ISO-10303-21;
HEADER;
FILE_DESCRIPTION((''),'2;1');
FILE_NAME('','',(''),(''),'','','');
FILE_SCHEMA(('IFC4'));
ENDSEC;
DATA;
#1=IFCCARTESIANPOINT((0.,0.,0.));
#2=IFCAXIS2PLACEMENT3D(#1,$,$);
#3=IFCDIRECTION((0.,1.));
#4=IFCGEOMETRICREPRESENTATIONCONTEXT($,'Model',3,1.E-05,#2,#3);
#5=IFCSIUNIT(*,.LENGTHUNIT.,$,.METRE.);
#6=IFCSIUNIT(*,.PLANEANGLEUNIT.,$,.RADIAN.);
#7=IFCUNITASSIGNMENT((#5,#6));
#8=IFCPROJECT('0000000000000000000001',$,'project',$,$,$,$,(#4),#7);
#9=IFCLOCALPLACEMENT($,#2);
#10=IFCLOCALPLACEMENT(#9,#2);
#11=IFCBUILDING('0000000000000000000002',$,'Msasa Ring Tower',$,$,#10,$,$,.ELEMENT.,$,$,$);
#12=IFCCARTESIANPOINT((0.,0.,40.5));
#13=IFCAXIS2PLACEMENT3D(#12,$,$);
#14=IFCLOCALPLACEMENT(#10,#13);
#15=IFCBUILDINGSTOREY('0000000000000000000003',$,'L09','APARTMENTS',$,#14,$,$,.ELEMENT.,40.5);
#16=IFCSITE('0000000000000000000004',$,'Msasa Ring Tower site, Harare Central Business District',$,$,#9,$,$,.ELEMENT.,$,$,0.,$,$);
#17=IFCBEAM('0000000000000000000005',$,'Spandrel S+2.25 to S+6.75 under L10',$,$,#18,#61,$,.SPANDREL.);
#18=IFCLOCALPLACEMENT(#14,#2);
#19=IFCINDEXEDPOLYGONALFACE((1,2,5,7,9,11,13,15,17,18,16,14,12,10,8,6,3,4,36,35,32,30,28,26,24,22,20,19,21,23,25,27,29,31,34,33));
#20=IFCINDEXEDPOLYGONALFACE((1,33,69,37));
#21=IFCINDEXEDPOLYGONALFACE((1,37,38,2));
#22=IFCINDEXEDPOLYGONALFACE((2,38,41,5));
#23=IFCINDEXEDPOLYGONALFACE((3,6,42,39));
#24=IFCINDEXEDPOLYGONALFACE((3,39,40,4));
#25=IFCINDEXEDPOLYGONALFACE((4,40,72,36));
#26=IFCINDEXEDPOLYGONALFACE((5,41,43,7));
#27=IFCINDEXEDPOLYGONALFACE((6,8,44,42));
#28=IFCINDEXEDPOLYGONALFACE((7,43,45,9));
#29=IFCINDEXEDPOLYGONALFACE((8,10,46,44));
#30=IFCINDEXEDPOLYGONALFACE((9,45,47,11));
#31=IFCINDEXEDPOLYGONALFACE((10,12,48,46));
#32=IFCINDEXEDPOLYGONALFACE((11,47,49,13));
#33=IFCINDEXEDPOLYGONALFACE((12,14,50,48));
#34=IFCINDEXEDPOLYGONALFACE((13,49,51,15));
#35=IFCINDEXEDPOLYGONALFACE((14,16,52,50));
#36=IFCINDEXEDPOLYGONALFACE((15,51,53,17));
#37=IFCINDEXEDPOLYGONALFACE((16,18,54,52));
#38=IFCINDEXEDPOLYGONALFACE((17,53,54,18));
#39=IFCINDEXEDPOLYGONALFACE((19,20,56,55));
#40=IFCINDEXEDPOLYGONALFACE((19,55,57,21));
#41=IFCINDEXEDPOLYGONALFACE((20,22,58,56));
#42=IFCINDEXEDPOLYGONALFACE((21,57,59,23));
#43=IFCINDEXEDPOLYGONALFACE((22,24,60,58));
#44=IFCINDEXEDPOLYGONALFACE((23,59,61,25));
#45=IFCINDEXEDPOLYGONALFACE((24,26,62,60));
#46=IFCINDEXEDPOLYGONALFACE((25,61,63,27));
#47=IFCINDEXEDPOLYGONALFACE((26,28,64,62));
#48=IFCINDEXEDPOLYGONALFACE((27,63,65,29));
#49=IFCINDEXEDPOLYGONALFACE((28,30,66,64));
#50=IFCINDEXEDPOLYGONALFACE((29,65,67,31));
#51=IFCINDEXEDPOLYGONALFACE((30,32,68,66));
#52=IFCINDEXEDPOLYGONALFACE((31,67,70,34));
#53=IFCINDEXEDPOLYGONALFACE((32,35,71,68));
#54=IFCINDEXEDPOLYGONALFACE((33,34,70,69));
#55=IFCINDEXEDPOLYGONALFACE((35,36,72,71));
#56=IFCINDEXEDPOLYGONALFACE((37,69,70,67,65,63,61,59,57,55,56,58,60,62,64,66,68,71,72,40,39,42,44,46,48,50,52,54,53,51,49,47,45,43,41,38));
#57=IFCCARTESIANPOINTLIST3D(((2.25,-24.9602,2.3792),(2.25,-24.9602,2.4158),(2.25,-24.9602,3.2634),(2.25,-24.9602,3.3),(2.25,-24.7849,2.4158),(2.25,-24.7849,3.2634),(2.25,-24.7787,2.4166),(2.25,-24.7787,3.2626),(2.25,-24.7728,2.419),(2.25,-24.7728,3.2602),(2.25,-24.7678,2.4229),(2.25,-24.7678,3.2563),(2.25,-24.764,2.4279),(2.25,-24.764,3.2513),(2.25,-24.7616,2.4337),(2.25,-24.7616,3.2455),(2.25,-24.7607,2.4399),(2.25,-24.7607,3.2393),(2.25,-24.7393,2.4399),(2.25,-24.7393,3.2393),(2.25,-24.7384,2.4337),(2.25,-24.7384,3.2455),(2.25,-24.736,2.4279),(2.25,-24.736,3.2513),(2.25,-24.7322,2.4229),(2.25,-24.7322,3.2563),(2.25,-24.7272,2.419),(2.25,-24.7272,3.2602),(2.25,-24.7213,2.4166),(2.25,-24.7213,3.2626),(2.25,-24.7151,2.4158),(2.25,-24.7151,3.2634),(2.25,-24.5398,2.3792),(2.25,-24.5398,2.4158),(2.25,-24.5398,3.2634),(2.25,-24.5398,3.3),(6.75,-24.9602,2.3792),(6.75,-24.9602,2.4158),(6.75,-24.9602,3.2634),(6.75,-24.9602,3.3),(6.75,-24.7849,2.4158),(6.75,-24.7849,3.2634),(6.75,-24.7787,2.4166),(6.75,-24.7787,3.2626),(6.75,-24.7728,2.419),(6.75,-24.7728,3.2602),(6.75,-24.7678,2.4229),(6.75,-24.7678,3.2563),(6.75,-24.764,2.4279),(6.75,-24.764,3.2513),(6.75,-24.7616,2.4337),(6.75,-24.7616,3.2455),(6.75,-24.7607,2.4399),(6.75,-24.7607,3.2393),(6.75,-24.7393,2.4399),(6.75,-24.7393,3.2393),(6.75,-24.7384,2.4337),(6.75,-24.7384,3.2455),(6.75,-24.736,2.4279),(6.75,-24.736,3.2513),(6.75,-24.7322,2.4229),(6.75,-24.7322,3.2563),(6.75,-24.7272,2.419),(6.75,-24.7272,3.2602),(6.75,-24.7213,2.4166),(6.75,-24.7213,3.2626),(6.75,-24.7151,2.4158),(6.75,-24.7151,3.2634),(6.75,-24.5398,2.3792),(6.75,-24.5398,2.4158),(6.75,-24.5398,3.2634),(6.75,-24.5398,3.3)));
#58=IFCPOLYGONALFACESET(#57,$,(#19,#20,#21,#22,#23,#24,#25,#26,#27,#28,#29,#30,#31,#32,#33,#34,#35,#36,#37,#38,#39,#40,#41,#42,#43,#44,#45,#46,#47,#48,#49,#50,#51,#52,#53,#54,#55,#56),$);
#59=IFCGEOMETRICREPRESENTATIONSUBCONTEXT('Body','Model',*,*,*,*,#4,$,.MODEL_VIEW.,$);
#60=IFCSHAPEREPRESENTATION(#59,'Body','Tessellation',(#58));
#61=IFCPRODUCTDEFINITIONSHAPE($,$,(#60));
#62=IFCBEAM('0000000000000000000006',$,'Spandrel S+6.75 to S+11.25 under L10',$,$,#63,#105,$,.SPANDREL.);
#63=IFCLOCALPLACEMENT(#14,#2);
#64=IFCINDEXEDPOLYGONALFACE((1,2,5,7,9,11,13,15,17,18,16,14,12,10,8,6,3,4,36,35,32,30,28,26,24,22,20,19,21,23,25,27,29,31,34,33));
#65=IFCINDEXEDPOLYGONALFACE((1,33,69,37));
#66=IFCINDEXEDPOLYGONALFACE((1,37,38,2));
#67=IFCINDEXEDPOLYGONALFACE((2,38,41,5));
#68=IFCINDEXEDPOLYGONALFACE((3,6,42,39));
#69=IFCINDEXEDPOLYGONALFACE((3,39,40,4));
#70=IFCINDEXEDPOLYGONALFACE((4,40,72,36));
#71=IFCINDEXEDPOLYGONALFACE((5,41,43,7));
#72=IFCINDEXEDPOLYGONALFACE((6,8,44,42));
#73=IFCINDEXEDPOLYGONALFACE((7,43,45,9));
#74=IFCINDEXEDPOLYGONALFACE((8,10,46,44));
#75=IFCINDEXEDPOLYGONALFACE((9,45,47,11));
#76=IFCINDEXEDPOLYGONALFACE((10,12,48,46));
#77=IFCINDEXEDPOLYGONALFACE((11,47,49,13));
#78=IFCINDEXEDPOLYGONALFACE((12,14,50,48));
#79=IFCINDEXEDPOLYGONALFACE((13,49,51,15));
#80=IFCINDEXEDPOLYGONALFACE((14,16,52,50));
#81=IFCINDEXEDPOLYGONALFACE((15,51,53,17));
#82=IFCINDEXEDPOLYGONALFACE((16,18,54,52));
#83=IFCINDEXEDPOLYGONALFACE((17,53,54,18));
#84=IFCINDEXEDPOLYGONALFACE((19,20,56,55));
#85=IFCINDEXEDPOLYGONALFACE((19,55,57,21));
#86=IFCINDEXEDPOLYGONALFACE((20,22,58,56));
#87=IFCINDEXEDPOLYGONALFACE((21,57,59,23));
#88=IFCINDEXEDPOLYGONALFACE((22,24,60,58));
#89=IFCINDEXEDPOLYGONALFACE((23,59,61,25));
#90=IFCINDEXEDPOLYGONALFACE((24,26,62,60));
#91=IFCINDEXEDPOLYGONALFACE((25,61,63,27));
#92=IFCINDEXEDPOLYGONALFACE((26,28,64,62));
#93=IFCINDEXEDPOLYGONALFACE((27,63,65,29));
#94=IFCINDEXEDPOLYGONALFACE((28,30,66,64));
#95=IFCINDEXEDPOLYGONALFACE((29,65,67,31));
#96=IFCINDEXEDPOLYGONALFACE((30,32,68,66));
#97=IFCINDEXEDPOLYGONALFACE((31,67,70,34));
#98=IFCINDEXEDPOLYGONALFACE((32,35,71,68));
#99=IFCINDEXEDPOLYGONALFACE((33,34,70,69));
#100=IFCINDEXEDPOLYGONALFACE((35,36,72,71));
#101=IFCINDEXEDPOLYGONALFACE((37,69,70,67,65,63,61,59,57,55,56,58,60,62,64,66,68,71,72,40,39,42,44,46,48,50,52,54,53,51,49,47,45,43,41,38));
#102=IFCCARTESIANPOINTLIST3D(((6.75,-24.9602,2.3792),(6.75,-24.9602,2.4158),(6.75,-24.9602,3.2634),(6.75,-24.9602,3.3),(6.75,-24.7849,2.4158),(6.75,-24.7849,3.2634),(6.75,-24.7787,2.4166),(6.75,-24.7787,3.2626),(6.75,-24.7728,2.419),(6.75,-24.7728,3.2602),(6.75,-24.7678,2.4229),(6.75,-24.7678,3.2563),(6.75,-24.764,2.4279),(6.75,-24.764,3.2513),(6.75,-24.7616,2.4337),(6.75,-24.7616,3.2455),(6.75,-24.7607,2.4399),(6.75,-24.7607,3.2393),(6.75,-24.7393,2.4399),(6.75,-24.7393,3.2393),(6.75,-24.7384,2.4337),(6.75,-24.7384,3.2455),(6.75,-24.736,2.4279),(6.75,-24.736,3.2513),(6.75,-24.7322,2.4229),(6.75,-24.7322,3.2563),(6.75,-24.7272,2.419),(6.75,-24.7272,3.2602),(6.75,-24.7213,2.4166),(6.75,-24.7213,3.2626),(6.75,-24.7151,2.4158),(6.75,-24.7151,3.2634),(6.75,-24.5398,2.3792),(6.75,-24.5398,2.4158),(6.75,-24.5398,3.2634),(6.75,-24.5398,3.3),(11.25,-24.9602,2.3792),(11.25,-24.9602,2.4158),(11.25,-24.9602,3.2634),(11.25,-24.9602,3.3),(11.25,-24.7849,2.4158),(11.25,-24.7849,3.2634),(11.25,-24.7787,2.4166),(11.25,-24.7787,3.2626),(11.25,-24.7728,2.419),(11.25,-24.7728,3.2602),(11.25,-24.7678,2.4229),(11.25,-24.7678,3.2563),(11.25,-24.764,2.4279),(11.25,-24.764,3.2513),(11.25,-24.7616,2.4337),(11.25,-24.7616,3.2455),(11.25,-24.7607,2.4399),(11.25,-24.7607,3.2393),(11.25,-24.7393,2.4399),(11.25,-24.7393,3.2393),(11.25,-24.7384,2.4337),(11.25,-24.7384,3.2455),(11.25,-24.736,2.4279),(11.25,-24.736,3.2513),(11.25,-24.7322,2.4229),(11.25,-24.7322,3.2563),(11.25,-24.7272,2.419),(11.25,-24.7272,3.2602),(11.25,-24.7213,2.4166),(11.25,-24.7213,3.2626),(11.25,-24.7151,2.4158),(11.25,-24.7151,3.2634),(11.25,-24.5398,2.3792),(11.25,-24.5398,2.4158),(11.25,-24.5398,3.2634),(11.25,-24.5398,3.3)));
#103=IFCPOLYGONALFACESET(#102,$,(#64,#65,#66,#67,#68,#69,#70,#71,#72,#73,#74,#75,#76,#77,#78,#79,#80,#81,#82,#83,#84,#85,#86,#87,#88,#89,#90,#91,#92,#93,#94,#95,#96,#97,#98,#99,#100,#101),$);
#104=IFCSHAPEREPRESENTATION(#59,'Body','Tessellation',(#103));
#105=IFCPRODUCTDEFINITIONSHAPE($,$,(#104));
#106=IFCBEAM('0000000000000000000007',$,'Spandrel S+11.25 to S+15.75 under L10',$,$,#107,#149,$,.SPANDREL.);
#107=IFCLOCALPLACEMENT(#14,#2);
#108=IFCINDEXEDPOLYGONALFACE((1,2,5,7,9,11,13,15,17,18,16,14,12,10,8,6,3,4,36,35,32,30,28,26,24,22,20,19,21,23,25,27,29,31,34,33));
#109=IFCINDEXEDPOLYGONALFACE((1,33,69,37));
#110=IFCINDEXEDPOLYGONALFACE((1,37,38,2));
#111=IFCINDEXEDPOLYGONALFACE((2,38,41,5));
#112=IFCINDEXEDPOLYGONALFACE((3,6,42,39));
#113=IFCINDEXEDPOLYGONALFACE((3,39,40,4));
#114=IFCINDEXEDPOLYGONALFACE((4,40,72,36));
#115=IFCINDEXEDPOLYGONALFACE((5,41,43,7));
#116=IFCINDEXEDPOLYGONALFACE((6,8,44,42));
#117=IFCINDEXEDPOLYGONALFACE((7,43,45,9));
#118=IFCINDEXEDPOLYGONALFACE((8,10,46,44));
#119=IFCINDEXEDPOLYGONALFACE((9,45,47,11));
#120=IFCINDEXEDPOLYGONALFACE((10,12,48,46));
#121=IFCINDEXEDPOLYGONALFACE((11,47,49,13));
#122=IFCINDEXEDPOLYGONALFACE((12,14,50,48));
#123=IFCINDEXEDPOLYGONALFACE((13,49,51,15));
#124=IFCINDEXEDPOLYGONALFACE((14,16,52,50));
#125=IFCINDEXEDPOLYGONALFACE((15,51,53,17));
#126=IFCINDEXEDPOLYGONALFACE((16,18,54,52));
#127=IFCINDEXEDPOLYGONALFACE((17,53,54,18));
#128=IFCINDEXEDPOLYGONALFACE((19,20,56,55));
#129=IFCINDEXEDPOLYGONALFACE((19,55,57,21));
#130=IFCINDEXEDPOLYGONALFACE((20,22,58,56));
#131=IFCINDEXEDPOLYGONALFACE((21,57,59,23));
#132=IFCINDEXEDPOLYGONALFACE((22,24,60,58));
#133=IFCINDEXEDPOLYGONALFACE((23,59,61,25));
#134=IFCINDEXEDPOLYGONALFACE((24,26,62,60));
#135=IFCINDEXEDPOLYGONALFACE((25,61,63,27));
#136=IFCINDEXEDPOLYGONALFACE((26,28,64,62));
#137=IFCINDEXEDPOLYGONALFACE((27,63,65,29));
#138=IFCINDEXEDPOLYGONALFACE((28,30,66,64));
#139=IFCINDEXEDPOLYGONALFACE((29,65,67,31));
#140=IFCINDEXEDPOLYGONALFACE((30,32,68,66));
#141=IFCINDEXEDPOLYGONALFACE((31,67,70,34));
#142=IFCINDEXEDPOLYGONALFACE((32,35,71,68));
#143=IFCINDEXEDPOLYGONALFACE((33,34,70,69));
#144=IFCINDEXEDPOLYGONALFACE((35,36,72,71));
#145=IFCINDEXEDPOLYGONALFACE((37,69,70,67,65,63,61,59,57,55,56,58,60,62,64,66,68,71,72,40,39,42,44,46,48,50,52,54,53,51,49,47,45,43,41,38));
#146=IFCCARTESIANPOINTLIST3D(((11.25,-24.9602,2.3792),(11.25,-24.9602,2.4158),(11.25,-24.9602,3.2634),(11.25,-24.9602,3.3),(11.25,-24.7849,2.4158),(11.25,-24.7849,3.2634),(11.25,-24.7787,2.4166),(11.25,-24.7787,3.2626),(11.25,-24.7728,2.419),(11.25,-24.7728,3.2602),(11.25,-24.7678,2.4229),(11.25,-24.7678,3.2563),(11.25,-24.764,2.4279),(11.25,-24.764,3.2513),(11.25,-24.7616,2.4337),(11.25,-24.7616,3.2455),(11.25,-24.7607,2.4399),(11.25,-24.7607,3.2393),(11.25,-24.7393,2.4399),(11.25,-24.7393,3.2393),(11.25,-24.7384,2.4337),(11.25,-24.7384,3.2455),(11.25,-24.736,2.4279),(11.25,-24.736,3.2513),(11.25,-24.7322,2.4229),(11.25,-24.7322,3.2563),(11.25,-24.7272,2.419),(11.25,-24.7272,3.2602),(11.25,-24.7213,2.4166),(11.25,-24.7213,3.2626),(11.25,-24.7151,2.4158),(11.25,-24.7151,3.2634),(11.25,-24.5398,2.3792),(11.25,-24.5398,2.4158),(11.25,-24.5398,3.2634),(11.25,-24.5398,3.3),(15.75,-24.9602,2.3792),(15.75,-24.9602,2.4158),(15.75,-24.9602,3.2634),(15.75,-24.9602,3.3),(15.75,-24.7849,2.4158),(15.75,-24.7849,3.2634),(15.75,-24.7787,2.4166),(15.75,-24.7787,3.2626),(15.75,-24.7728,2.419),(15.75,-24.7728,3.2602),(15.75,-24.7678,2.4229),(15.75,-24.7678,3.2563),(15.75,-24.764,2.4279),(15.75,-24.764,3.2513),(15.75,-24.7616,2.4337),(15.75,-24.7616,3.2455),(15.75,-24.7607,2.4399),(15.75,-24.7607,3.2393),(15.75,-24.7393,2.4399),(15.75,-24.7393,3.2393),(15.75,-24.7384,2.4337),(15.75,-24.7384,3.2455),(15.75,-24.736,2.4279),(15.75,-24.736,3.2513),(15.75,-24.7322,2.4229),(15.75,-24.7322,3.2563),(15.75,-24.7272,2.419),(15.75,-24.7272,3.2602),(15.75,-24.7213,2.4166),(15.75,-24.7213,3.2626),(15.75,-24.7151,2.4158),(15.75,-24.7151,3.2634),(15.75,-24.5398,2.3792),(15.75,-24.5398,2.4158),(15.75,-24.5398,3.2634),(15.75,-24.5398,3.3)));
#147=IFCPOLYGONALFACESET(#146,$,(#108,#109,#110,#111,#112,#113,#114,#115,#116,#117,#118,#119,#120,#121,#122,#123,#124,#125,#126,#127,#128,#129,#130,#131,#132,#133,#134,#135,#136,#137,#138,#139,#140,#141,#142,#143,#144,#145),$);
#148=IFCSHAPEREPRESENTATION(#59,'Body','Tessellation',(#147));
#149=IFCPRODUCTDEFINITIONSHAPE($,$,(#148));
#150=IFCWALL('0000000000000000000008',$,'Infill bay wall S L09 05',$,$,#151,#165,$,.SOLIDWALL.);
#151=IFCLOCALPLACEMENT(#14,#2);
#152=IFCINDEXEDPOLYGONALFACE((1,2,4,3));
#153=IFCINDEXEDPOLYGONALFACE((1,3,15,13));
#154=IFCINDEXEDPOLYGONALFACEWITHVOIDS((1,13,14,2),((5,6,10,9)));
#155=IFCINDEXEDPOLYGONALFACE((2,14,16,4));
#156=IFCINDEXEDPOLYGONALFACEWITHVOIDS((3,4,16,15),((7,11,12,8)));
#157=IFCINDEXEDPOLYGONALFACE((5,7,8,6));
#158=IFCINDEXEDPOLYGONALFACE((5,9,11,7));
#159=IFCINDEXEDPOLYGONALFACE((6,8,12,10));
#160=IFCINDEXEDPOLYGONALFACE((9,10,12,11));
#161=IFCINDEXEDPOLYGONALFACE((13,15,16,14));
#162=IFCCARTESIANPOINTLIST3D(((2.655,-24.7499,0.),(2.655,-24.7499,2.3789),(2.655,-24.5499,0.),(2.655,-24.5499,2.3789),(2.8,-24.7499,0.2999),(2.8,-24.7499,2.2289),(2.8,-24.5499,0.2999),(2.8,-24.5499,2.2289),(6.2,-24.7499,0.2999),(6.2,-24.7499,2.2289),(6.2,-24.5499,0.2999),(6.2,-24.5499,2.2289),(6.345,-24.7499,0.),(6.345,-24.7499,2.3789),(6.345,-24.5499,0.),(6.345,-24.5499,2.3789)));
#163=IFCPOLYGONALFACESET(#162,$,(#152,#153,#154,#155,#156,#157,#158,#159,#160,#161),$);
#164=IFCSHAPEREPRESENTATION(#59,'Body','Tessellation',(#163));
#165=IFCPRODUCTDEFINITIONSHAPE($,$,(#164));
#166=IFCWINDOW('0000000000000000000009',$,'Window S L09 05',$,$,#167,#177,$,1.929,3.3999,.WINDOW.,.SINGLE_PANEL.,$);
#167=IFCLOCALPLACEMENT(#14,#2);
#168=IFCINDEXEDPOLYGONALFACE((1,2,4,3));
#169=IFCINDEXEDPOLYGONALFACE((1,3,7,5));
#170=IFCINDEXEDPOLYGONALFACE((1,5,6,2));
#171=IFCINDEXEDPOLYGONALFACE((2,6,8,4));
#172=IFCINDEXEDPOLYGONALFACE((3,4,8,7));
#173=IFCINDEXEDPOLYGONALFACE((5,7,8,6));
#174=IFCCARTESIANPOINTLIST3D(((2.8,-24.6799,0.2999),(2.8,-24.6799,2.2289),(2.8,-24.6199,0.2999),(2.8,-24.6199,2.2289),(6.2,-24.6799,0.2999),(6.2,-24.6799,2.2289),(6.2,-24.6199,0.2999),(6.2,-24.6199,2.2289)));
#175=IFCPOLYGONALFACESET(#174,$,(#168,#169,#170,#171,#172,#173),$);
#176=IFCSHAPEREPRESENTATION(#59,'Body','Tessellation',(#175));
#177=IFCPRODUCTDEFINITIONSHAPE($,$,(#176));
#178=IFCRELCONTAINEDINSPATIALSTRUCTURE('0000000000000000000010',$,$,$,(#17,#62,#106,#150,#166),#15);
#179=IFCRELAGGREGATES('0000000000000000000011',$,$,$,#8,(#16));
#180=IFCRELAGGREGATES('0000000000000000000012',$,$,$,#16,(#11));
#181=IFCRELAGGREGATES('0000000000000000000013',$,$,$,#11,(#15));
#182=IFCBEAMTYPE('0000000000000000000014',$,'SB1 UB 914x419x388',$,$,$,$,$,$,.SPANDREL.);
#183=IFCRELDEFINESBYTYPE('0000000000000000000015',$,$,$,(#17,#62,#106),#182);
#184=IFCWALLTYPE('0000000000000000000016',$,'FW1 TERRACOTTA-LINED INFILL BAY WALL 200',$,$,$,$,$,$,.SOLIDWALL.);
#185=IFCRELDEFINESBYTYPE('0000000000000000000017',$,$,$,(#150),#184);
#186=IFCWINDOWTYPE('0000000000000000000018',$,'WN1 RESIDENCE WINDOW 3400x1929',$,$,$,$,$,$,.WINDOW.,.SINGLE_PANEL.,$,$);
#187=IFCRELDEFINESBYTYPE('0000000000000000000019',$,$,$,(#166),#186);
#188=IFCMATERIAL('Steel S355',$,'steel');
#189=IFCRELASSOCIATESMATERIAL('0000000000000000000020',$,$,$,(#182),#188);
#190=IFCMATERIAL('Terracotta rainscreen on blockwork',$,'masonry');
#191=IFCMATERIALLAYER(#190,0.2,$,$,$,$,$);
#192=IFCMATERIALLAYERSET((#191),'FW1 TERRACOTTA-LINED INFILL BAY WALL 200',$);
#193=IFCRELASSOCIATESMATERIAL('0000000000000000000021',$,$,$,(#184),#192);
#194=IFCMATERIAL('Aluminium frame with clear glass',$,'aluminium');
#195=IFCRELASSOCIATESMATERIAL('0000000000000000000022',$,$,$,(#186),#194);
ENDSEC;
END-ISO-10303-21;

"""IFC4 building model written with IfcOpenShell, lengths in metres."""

from ifc_helpers import new_model, si_unit, direction, frame, frame_2d, origin, origin_2d, place, context, subcontext, project, spatial, rectangle, i_section, extrude, material, layer, layer_set, material_profile, profile_set, type_object, element, fill, save


model = new_model("IFC4")

# Units and contexts
model_context = context("Model", 3, precision=1e-05, world=origin(), true_north=direction((0.0, 1.0)))
body_context = subcontext(model_context, "Body", "Model", "MODEL_VIEW")
ifc_project = project(units=[si_unit("LENGTHUNIT", "METRE"), si_unit("PLANEANGLEUNIT", "RADIAN")], contexts=[model_context])

# Site, building, storey
site_placement = place(None, origin())
site = spatial("IfcSite", under=ifc_project, at=site_placement, Name="Msasa Ring Tower site, Harare Central Business District", CompositionType="ELEMENT", RefElevation=0.0)
building_placement = place(site_placement, origin())
building = spatial("IfcBuilding", under=site, at=building_placement, Name="Msasa Ring Tower", CompositionType="ELEMENT")
storey_placement = place(building_placement, frame((0.0, 0.0, 40.5)))
storey = spatial("IfcBuildingStorey", under=building, at=storey_placement, Name="L09", Description="APARTMENTS", CompositionType="ELEMENT", Elevation=40.5)

# Beams
ifc_material_1 = material(Name="Steel S355", Category="steel")
ifc_material_profile_1 = material_profile(ifc_material_1, i_section(OverallWidth=0.4204, OverallDepth=0.9209, WebThickness=0.0215, FlangeThickness=0.0366, FilletRadius=0.0242, at=origin_2d()), Name="UB 914x419x388")
ifc_profile_set_1 = profile_set([ifc_material_profile_1], Name="Steel S355")
beam_type_1 = type_object("IfcBeamType", Name="SB1 UB 914x419x388", PredefinedType="SPANDREL", material=ifc_profile_set_1)
for number, where, z_axis, x_axis, name in (
    (1, (2.25, -24.75, 2.8396), (1.0, 0.0, 0.0), (0.0, 1.0, 0.0), "Spandrel S+2.25 to S+6.75 under L10"),
    (2, (6.75, -24.75, 2.8396), (1.0, 0.0, 0.0), (0.0, 1.0, 0.0), "Spandrel S+6.75 to S+11.25 under L10"),
    (3, (11.25, -24.75, 2.8396), (1.0, 0.0, 0.0), (0.0, 1.0, 0.0), "Spandrel S+11.25 to S+15.75 under L10"),
):
    element("IfcBeam", number, at=place(storey_placement, frame(where, z_axis=z_axis, x_axis=x_axis)), inside=storey, type_object=beam_type_1, Name=name, PredefinedType="SPANDREL", context=body_context, shape_type="SweptSolid", body=[
        extrude(i_section(OverallWidth=0.4204, OverallDepth=0.9209, WebThickness=0.0215, FlangeThickness=0.0366, FilletRadius=0.0242, at=origin_2d()), origin(), (0.0, 0.0, 1.0), 4.5),
    ])

# Wall, opening, window
ifc_material_2 = material(Name="Terracotta rainscreen on blockwork", Category="masonry")
ifc_layer_1 = layer(ifc_material_2, 0.2)
ifc_layer_set_1 = layer_set([ifc_layer_1], Name="FW1 TERRACOTTA-LINED INFILL BAY WALL 200")
wall_type_1 = type_object("IfcWallType", Name="FW1 TERRACOTTA-LINED INFILL BAY WALL 200", PredefinedType="SOLIDWALL", material=ifc_layer_set_1)
wall_1_placement = place(storey_placement, frame((2.655, -24.6499, 0.0), z_axis=(0.0, 0.0, 1.0), x_axis=(1.0, 0.0, 0.0)))
wall_1 = element("IfcWall", 4, at=wall_1_placement, inside=storey, type_object=wall_type_1, Name="Infill bay wall S L09 05", PredefinedType="SOLIDWALL", context=body_context, shape_type="SweptSolid", body=[
    extrude(rectangle(XDim=3.6899, YDim=0.2, at=frame_2d((1.845, 0.0))), origin(), (0.0, 0.0, 1.0), 2.3789),
])
opening_1_placement = place(wall_1_placement, frame((0.145, 0.0, 0.3)))
opening_1 = element("IfcOpeningElement", 5, at=opening_1_placement, cuts=wall_1, PredefinedType="OPENING", context=body_context, shape_type="SweptSolid", body=[
    extrude(rectangle(XDim=3.3999, YDim=1.929, at=frame_2d((1.7, 0.9644))), frame((0.0, 0.1099, 0.0), z_axis=(0.0, -1.0, 0.0), x_axis=(1.0, 0.0, 0.0)), (0.0, 0.0, 1.0), 0.22),
])
ifc_material_3 = material(Name="Aluminium frame with clear glass", Category="aluminium")
window_type = type_object("IfcWindowType", Name="WN1 RESIDENCE WINDOW 3400x1929", PartitioningType="SINGLE_PANEL", PredefinedType="WINDOW", material=ifc_material_3)
window_1_placement = place(opening_1_placement, origin())
window_1 = element("IfcWindow", 6, at=window_1_placement, inside=storey, type_object=window_type, Name="Window S L09 05", OverallHeight=1.929, OverallWidth=3.3999, PartitioningType="SINGLE_PANEL", PredefinedType="WINDOW", context=body_context, shape_type="SweptSolid", body=[
    extrude(rectangle(XDim=3.3999, YDim=1.929, at=frame_2d((1.7, 0.9644))), frame((0.0, 0.03, 0.0), z_axis=(0.0, -1.0, 0.0), x_axis=(1.0, 0.0, 0.0)), (0.0, 0.0, 1.0), 0.0601),
])
fill(opening_1, window_1)

save(model, "model.ifc")
